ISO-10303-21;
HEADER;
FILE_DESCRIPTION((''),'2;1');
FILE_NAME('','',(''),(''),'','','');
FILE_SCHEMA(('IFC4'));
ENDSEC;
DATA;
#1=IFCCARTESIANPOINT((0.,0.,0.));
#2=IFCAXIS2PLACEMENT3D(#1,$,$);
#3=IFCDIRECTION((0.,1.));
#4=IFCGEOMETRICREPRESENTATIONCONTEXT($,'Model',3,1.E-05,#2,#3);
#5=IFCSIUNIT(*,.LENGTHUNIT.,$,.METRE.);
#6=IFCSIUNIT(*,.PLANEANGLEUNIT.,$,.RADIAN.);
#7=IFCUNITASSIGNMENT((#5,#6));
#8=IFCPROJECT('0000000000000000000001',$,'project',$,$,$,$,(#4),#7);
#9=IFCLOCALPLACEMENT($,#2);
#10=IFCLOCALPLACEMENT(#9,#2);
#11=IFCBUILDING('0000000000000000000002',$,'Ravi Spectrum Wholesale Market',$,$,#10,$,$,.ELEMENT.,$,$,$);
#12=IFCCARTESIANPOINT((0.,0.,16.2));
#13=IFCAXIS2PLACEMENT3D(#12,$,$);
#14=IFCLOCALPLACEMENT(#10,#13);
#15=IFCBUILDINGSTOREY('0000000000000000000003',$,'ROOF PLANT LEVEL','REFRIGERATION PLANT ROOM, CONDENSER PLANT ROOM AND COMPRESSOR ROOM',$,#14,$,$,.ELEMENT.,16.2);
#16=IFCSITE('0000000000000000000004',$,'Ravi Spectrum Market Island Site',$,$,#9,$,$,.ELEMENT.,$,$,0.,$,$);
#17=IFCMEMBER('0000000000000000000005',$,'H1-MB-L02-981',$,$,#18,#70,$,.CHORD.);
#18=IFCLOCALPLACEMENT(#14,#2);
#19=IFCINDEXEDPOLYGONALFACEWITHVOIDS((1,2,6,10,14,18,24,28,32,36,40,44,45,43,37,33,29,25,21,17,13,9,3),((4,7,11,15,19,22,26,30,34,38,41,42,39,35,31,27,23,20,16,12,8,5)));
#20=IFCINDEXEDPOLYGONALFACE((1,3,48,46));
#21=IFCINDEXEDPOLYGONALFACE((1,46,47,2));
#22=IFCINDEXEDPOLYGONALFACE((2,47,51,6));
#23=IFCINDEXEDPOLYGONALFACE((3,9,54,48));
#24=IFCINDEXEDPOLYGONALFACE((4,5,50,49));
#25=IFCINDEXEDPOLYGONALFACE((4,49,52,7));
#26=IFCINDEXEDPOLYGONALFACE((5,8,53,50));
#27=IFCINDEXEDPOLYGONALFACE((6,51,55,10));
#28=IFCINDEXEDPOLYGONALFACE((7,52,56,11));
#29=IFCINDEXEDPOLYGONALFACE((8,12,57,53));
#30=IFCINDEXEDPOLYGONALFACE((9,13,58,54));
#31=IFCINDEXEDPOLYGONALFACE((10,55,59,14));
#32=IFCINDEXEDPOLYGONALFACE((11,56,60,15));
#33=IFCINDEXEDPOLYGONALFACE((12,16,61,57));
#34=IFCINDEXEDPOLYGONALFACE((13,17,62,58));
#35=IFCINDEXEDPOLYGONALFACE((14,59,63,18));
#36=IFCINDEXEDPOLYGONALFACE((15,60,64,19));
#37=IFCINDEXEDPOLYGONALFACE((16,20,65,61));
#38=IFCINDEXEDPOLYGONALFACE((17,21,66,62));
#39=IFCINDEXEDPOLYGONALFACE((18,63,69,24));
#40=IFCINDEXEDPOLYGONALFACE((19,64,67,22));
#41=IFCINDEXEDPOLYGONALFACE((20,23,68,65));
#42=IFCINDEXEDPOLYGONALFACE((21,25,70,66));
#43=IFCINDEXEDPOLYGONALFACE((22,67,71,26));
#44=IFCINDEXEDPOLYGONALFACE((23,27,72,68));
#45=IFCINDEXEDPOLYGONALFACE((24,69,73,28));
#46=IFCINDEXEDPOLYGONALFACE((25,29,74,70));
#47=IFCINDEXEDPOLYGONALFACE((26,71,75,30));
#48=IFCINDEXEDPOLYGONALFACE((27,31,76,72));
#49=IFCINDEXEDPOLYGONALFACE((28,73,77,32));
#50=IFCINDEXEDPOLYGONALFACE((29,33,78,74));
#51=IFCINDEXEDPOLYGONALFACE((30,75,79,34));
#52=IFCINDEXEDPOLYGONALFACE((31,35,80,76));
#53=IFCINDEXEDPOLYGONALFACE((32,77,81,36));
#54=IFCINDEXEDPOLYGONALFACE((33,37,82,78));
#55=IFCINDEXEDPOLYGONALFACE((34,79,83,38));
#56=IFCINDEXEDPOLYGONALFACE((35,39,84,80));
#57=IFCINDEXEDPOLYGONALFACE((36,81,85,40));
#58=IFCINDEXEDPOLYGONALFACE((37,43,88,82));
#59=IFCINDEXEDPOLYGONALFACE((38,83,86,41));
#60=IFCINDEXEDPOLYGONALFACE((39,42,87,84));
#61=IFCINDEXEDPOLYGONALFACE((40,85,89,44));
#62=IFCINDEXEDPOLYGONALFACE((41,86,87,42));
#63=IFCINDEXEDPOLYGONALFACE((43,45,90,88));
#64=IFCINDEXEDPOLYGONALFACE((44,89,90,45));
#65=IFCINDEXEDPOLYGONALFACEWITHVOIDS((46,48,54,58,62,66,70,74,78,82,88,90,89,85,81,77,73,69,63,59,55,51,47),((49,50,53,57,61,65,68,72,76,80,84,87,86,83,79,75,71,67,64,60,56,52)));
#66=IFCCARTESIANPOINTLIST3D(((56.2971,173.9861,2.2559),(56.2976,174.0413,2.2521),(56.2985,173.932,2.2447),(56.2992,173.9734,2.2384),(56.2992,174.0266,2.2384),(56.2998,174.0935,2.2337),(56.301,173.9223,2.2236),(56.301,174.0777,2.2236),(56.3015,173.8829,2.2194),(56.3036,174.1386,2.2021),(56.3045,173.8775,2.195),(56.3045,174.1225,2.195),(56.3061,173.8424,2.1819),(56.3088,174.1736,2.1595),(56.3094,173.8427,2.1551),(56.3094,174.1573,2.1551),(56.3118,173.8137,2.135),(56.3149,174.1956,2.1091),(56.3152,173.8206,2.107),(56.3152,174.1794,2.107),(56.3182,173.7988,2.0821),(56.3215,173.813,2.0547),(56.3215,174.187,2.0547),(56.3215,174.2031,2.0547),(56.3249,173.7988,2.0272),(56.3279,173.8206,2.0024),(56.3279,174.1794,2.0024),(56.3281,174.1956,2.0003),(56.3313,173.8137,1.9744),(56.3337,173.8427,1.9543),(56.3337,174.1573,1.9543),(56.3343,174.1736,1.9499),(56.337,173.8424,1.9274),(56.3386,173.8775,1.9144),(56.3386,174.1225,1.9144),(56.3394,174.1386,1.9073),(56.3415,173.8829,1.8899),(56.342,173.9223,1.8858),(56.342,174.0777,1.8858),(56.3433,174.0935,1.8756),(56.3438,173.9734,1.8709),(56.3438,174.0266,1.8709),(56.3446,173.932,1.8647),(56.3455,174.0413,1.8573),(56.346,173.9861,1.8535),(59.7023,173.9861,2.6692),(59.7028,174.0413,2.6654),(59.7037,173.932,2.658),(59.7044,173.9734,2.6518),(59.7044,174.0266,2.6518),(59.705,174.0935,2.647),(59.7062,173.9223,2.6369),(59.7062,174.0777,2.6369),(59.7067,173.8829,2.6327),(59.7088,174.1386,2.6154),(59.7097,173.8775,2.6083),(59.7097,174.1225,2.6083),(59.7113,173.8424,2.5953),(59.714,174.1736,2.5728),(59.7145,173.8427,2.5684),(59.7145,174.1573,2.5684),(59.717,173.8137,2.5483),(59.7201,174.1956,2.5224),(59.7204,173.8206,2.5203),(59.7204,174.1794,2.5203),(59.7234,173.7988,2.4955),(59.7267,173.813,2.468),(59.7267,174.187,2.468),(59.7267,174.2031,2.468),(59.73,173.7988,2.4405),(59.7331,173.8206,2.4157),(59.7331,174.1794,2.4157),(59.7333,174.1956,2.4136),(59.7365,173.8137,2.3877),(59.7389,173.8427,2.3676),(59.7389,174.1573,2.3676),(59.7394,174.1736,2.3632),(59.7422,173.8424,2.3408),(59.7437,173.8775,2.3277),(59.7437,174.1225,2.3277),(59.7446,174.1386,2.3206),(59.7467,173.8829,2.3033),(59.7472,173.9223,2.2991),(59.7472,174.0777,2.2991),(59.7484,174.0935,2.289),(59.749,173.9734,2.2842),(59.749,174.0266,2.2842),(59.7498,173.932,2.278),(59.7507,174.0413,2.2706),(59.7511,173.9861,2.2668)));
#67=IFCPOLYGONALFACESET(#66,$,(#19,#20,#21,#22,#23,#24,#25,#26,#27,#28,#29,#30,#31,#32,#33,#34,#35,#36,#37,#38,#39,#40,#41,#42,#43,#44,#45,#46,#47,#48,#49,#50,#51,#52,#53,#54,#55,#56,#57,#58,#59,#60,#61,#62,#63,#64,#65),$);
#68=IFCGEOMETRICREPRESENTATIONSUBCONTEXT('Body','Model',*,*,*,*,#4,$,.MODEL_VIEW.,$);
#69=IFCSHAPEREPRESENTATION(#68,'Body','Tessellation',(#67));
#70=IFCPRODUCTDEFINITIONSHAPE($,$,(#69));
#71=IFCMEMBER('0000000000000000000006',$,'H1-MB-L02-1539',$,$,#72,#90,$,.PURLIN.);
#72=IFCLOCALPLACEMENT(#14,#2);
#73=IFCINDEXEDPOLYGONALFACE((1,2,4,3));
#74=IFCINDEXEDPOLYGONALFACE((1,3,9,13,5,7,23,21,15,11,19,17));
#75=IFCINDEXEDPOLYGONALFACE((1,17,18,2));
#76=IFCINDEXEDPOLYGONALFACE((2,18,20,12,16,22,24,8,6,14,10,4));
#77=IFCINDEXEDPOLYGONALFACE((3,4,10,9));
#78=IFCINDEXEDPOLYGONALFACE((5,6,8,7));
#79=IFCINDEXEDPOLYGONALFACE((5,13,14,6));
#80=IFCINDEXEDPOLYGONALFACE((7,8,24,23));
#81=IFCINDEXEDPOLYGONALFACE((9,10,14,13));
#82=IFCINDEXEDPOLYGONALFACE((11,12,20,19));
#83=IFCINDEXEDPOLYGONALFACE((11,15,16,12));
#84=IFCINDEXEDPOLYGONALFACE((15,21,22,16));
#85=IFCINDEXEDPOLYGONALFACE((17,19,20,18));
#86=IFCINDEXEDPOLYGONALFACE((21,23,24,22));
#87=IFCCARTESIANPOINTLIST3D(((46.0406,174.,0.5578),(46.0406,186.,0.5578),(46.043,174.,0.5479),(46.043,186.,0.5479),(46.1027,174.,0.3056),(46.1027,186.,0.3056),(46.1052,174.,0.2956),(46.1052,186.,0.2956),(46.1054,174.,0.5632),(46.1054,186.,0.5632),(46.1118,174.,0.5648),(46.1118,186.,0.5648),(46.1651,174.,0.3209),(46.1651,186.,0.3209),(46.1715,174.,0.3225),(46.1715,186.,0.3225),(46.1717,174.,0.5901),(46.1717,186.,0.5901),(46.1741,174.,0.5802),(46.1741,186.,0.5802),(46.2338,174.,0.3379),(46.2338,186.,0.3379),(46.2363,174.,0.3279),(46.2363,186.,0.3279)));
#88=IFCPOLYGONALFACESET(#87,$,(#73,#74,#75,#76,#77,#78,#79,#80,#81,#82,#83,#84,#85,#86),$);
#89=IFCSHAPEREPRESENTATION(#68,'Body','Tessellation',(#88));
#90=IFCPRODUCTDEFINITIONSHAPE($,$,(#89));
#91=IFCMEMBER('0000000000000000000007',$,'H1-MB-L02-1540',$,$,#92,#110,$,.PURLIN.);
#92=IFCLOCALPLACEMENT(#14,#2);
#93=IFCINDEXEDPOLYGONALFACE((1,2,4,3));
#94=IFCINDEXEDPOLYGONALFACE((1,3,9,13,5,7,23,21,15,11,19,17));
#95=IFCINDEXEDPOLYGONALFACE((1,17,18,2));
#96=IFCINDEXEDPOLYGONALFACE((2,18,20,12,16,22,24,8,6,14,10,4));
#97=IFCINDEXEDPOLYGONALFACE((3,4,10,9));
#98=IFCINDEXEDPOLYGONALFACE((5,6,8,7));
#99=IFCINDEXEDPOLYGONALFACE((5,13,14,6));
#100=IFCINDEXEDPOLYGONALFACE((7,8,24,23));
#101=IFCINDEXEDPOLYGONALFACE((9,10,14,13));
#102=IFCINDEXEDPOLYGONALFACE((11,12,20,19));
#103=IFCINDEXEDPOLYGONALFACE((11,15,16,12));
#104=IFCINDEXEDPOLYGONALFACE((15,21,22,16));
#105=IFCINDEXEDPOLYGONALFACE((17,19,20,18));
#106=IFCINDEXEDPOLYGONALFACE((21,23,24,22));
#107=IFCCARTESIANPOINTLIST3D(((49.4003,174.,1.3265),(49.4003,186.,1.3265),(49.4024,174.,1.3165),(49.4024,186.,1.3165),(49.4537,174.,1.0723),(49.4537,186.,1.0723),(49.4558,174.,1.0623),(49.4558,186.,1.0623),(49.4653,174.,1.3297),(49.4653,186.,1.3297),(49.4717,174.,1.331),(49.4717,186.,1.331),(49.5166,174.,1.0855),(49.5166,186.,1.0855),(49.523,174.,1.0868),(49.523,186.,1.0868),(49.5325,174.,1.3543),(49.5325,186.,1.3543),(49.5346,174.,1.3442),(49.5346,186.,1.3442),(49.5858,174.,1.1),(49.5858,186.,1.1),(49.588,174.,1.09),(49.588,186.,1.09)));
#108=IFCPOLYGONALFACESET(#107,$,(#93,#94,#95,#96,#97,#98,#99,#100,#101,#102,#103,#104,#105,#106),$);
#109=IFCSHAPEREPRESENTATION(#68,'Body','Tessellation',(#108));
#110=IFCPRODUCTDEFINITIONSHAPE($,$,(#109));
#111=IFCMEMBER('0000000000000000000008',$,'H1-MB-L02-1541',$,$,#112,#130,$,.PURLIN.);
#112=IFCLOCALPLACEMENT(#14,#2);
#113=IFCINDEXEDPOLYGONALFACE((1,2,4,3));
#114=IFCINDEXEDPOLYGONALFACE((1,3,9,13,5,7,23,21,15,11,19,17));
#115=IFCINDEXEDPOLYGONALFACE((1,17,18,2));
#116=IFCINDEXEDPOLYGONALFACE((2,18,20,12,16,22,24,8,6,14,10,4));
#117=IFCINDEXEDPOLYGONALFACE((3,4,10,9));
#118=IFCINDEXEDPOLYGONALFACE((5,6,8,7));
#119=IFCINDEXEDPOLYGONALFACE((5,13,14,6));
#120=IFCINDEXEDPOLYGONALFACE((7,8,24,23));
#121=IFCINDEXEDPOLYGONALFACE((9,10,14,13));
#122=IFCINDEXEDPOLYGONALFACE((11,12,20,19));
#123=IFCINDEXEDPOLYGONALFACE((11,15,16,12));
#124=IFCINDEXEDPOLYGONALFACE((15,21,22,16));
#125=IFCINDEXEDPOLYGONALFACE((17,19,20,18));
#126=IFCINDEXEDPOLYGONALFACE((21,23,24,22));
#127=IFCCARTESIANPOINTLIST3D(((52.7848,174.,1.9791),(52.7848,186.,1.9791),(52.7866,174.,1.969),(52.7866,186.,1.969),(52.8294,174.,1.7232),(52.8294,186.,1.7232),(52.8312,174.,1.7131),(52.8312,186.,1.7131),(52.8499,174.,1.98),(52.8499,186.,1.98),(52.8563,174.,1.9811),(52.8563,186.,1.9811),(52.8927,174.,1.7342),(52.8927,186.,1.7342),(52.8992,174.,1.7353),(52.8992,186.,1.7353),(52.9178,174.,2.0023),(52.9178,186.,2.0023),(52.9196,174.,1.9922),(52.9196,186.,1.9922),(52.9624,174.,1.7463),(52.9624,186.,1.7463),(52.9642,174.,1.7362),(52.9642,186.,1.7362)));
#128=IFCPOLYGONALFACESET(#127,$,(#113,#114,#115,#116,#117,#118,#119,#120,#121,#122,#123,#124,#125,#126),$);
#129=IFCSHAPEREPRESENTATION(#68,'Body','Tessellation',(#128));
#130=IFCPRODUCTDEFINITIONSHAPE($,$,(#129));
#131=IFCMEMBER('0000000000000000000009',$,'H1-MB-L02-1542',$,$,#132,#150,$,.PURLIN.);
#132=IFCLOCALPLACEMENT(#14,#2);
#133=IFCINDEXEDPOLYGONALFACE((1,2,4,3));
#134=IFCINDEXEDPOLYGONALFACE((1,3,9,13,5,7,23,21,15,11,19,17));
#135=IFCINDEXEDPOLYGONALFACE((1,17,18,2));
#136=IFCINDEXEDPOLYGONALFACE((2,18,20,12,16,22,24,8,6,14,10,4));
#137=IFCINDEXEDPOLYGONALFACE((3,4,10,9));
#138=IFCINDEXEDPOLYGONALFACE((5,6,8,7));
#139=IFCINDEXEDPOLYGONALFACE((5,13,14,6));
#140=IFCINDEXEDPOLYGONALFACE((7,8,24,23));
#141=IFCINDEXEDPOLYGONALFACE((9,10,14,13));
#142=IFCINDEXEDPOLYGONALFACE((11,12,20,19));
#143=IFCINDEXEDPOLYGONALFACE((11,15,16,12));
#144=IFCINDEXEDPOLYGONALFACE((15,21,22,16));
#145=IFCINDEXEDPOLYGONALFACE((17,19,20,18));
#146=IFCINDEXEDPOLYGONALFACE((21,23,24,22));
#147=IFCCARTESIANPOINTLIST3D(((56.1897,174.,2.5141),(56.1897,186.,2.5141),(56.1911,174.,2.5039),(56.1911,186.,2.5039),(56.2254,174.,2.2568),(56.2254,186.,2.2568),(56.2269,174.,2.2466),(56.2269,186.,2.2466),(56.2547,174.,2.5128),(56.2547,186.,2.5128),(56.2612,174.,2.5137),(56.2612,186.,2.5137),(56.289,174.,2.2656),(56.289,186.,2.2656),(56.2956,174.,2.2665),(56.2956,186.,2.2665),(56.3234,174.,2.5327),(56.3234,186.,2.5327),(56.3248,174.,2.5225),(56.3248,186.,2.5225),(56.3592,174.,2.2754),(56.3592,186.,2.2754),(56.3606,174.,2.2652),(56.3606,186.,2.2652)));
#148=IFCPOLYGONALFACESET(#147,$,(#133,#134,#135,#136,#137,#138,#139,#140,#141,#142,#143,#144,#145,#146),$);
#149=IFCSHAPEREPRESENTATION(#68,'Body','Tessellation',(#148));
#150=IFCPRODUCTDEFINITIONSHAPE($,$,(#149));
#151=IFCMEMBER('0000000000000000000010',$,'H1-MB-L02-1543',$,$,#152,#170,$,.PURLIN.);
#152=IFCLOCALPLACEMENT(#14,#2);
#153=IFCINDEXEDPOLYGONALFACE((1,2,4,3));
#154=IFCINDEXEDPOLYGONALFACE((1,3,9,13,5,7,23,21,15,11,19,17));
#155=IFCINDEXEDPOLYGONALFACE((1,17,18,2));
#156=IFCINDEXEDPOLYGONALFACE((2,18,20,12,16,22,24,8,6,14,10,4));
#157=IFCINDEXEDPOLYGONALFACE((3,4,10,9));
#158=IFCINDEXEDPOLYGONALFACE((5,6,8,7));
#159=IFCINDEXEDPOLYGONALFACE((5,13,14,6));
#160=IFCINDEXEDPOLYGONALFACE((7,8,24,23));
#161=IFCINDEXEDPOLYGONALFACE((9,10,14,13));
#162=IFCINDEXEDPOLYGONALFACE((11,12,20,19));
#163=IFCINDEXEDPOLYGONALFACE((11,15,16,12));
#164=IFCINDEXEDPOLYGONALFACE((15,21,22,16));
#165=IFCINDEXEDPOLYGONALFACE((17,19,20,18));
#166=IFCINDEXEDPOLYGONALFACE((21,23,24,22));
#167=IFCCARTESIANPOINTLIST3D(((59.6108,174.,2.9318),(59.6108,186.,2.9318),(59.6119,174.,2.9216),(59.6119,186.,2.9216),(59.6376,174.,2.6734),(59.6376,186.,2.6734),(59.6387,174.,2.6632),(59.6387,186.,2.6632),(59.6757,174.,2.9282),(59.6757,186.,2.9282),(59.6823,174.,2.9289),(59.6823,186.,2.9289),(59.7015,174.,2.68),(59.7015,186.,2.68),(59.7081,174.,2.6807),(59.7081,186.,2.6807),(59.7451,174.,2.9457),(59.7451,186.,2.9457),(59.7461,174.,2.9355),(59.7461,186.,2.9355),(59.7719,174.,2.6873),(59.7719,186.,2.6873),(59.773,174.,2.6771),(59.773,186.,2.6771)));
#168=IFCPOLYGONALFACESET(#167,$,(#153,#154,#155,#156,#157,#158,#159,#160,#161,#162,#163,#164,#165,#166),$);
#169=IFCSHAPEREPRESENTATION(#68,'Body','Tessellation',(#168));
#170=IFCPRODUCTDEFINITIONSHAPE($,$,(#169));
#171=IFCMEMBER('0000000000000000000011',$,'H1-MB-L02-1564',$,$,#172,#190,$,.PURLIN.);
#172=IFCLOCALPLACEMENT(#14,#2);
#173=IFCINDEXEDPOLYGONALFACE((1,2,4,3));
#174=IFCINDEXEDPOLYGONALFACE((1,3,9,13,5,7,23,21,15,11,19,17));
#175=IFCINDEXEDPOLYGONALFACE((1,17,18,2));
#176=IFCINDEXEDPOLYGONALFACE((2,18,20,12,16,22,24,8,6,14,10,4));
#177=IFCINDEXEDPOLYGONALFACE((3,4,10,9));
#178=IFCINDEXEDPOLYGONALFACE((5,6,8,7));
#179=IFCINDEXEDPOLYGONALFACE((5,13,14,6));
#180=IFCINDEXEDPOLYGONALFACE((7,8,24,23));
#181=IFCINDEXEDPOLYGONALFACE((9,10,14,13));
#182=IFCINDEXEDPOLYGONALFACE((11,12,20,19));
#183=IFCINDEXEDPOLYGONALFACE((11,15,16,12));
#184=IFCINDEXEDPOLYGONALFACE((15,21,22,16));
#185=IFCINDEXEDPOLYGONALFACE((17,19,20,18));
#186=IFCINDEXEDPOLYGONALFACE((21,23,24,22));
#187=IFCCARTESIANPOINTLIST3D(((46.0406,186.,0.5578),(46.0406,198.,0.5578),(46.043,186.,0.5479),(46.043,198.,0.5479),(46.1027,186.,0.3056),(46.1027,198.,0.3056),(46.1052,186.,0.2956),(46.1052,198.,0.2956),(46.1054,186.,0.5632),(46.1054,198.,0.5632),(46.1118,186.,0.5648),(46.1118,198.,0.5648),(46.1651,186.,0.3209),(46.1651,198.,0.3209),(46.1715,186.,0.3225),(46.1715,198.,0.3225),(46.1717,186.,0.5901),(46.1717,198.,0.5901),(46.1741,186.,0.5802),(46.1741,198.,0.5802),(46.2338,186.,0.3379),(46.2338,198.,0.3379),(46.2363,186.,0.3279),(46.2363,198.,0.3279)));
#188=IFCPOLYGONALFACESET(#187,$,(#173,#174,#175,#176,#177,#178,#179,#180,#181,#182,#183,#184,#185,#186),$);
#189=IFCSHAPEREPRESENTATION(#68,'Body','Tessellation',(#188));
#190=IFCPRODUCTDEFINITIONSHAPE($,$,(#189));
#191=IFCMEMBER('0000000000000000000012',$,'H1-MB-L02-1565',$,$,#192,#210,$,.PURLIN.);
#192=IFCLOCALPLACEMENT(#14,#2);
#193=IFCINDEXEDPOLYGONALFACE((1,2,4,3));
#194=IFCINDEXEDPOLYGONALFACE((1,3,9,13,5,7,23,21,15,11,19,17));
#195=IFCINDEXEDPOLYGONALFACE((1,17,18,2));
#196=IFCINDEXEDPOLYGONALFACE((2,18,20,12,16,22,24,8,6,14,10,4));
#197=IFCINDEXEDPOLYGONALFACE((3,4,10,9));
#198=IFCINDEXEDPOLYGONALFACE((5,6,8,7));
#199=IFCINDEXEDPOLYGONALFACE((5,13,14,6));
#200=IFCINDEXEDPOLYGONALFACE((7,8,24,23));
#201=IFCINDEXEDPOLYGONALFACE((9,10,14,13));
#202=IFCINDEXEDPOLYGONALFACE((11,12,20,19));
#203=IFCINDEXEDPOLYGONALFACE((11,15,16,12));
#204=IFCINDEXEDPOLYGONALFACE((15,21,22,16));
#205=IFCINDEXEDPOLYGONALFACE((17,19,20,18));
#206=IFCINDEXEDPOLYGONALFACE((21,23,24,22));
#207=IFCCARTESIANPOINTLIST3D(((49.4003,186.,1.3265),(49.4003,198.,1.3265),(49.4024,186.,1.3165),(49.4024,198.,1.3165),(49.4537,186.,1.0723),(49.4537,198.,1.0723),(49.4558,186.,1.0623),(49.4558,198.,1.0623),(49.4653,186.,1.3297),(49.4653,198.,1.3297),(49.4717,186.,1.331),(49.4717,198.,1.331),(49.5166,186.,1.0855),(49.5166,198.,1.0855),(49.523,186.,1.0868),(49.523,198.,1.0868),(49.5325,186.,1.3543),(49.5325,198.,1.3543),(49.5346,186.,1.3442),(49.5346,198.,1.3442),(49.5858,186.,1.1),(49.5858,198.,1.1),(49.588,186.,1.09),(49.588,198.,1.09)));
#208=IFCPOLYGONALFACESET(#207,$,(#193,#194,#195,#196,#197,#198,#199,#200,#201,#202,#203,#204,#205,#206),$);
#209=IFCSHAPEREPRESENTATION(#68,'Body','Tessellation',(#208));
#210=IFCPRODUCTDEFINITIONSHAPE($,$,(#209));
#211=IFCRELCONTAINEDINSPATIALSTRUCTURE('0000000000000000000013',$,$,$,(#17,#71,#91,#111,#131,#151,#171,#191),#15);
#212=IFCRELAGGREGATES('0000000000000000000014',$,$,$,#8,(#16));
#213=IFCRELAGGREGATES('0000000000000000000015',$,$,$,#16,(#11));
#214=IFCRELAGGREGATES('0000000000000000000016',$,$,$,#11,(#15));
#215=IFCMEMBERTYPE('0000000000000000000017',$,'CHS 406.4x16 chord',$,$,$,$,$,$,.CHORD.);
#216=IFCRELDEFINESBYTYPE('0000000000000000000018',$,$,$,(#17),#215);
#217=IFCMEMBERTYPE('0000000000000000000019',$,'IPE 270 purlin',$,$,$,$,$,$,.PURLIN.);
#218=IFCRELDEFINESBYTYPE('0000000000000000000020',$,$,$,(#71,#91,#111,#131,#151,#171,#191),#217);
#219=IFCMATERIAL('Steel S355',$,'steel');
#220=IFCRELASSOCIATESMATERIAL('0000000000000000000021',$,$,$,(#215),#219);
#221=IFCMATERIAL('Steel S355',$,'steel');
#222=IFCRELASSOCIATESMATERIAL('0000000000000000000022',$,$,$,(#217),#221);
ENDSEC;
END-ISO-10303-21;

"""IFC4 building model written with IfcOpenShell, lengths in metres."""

from ifc_helpers import new_model, si_unit, direction, frame, origin, origin_2d, place, context, subcontext, project, spatial, hollow_circle, i_section, extrude, material, material_profile, profile_set, type_object, element, save


model = new_model("IFC4")

# Units and contexts
model_context = context("Model", 3, precision=1e-05, world=origin(), true_north=direction((0.0, 1.0)))
body_context = subcontext(model_context, "Body", "Model", "MODEL_VIEW")
ifc_project = project(units=[si_unit("LENGTHUNIT", "METRE"), si_unit("PLANEANGLEUNIT", "RADIAN")], contexts=[model_context])

# Site, building, storey
site_placement = place(None, origin())
site = spatial("IfcSite", under=ifc_project, at=site_placement, Name="Ravi Spectrum Market Island Site", CompositionType="ELEMENT", RefElevation=0.0)
building_placement = place(site_placement, origin())
building = spatial("IfcBuilding", under=site, at=building_placement, Name="Ravi Spectrum Wholesale Market", CompositionType="ELEMENT")
storey_placement = place(building_placement, frame((0.0, 0.0, 16.2)))
storey = spatial("IfcBuildingStorey", under=building, at=storey_placement, Name="ROOF PLANT LEVEL", Description="REFRIGERATION PLANT ROOM, CONDENSER PLANT ROOM AND COMPRESSOR ROOM", CompositionType="ELEMENT", Elevation=16.2)

# Members
ifc_material_1 = material(Name="Steel S355", Category="steel")
ifc_material_profile_1 = material_profile(ifc_material_1, hollow_circle(Radius=0.2031, WallThickness=0.0161, at=origin_2d()))
ifc_profile_set_1 = profile_set([ifc_material_profile_1], Name="Steel S355")
member_type_1 = type_object("IfcMemberType", Name="CHS 406.4x16 chord", PredefinedType="CHORD", material=ifc_profile_set_1)
for number, where, z_axis, x_axis, name in (
    (1, (56.3215, 174.0, 2.0547), (0.992714, 0.0, 0.120495), (0.0, 1.0, 0.0), "H1-MB-L02-981"),
):
    element("IfcMember", number, at=place(storey_placement, frame(where, z_axis=z_axis, x_axis=x_axis)), inside=storey, type_object=member_type_1, Name=name, PredefinedType="CHORD", context=body_context, shape_type="SweptSolid", body=[
        extrude(hollow_circle(Radius=0.2031, WallThickness=0.0161, at=origin_2d()), origin(), (0.0, 0.0, 1.0), 3.4302),
    ])
ifc_material_2 = material(Name="Steel S355", Category="steel")
ifc_material_profile_2 = material_profile(ifc_material_2, i_section(OverallWidth=0.135, OverallDepth=0.27, WebThickness=0.0066, FlangeThickness=0.0103, at=origin_2d()))
ifc_profile_set_2 = profile_set([ifc_material_profile_2], Name="Steel S355")
member_type_2 = type_object("IfcMemberType", Name="IPE 270 purlin", PredefinedType="PURLIN", material=ifc_profile_set_2)
for number, where, z_axis, x_axis, name in (
    (2, (46.1384, 174.0, 0.4429), (0.0, 1.0, 0.0), (-0.970983, 0.0, -0.239151), "H1-MB-L02-1539"),
    (3, (49.4941, 174.0, 1.2083), (0.0, 1.0, 0.0), (-0.978653, 0.0, -0.205517), "H1-MB-L02-1540"),
    (4, (52.8745, 174.0, 1.8577), (0.0, 1.0, 0.0), (-0.98516, 0.0, -0.171639), "H1-MB-L02-1541"),
    (5, (56.2751, 174.0, 2.3896), (0.0, 1.0, 0.0), (-0.990494, 0.0, -0.137557), "H1-MB-L02-1542"),
    (6, (59.6919, 174.0, 2.8044), (0.0, 1.0, 0.0), (-0.994649, 0.0, -0.103311), "H1-MB-L02-1543"),
    (7, (46.1384, 186.0, 0.4429), (0.0, 1.0, 0.0), (-0.970983, 0.0, -0.239151), "H1-MB-L02-1564"),
    (8, (49.4941, 186.0, 1.2083), (0.0, 1.0, 0.0), (-0.978653, 0.0, -0.205517), "H1-MB-L02-1565"),
):
    element("IfcMember", number, at=place(storey_placement, frame(where, z_axis=z_axis, x_axis=x_axis)), inside=storey, type_object=member_type_2, Name=name, PredefinedType="PURLIN", context=body_context, shape_type="SweptSolid", body=[
        extrude(i_section(OverallWidth=0.135, OverallDepth=0.27, WebThickness=0.0066, FlangeThickness=0.0103, at=origin_2d()), origin(), (0.0, 0.0, 1.0), 12.0),
    ])

save(model, "model.ifc")
